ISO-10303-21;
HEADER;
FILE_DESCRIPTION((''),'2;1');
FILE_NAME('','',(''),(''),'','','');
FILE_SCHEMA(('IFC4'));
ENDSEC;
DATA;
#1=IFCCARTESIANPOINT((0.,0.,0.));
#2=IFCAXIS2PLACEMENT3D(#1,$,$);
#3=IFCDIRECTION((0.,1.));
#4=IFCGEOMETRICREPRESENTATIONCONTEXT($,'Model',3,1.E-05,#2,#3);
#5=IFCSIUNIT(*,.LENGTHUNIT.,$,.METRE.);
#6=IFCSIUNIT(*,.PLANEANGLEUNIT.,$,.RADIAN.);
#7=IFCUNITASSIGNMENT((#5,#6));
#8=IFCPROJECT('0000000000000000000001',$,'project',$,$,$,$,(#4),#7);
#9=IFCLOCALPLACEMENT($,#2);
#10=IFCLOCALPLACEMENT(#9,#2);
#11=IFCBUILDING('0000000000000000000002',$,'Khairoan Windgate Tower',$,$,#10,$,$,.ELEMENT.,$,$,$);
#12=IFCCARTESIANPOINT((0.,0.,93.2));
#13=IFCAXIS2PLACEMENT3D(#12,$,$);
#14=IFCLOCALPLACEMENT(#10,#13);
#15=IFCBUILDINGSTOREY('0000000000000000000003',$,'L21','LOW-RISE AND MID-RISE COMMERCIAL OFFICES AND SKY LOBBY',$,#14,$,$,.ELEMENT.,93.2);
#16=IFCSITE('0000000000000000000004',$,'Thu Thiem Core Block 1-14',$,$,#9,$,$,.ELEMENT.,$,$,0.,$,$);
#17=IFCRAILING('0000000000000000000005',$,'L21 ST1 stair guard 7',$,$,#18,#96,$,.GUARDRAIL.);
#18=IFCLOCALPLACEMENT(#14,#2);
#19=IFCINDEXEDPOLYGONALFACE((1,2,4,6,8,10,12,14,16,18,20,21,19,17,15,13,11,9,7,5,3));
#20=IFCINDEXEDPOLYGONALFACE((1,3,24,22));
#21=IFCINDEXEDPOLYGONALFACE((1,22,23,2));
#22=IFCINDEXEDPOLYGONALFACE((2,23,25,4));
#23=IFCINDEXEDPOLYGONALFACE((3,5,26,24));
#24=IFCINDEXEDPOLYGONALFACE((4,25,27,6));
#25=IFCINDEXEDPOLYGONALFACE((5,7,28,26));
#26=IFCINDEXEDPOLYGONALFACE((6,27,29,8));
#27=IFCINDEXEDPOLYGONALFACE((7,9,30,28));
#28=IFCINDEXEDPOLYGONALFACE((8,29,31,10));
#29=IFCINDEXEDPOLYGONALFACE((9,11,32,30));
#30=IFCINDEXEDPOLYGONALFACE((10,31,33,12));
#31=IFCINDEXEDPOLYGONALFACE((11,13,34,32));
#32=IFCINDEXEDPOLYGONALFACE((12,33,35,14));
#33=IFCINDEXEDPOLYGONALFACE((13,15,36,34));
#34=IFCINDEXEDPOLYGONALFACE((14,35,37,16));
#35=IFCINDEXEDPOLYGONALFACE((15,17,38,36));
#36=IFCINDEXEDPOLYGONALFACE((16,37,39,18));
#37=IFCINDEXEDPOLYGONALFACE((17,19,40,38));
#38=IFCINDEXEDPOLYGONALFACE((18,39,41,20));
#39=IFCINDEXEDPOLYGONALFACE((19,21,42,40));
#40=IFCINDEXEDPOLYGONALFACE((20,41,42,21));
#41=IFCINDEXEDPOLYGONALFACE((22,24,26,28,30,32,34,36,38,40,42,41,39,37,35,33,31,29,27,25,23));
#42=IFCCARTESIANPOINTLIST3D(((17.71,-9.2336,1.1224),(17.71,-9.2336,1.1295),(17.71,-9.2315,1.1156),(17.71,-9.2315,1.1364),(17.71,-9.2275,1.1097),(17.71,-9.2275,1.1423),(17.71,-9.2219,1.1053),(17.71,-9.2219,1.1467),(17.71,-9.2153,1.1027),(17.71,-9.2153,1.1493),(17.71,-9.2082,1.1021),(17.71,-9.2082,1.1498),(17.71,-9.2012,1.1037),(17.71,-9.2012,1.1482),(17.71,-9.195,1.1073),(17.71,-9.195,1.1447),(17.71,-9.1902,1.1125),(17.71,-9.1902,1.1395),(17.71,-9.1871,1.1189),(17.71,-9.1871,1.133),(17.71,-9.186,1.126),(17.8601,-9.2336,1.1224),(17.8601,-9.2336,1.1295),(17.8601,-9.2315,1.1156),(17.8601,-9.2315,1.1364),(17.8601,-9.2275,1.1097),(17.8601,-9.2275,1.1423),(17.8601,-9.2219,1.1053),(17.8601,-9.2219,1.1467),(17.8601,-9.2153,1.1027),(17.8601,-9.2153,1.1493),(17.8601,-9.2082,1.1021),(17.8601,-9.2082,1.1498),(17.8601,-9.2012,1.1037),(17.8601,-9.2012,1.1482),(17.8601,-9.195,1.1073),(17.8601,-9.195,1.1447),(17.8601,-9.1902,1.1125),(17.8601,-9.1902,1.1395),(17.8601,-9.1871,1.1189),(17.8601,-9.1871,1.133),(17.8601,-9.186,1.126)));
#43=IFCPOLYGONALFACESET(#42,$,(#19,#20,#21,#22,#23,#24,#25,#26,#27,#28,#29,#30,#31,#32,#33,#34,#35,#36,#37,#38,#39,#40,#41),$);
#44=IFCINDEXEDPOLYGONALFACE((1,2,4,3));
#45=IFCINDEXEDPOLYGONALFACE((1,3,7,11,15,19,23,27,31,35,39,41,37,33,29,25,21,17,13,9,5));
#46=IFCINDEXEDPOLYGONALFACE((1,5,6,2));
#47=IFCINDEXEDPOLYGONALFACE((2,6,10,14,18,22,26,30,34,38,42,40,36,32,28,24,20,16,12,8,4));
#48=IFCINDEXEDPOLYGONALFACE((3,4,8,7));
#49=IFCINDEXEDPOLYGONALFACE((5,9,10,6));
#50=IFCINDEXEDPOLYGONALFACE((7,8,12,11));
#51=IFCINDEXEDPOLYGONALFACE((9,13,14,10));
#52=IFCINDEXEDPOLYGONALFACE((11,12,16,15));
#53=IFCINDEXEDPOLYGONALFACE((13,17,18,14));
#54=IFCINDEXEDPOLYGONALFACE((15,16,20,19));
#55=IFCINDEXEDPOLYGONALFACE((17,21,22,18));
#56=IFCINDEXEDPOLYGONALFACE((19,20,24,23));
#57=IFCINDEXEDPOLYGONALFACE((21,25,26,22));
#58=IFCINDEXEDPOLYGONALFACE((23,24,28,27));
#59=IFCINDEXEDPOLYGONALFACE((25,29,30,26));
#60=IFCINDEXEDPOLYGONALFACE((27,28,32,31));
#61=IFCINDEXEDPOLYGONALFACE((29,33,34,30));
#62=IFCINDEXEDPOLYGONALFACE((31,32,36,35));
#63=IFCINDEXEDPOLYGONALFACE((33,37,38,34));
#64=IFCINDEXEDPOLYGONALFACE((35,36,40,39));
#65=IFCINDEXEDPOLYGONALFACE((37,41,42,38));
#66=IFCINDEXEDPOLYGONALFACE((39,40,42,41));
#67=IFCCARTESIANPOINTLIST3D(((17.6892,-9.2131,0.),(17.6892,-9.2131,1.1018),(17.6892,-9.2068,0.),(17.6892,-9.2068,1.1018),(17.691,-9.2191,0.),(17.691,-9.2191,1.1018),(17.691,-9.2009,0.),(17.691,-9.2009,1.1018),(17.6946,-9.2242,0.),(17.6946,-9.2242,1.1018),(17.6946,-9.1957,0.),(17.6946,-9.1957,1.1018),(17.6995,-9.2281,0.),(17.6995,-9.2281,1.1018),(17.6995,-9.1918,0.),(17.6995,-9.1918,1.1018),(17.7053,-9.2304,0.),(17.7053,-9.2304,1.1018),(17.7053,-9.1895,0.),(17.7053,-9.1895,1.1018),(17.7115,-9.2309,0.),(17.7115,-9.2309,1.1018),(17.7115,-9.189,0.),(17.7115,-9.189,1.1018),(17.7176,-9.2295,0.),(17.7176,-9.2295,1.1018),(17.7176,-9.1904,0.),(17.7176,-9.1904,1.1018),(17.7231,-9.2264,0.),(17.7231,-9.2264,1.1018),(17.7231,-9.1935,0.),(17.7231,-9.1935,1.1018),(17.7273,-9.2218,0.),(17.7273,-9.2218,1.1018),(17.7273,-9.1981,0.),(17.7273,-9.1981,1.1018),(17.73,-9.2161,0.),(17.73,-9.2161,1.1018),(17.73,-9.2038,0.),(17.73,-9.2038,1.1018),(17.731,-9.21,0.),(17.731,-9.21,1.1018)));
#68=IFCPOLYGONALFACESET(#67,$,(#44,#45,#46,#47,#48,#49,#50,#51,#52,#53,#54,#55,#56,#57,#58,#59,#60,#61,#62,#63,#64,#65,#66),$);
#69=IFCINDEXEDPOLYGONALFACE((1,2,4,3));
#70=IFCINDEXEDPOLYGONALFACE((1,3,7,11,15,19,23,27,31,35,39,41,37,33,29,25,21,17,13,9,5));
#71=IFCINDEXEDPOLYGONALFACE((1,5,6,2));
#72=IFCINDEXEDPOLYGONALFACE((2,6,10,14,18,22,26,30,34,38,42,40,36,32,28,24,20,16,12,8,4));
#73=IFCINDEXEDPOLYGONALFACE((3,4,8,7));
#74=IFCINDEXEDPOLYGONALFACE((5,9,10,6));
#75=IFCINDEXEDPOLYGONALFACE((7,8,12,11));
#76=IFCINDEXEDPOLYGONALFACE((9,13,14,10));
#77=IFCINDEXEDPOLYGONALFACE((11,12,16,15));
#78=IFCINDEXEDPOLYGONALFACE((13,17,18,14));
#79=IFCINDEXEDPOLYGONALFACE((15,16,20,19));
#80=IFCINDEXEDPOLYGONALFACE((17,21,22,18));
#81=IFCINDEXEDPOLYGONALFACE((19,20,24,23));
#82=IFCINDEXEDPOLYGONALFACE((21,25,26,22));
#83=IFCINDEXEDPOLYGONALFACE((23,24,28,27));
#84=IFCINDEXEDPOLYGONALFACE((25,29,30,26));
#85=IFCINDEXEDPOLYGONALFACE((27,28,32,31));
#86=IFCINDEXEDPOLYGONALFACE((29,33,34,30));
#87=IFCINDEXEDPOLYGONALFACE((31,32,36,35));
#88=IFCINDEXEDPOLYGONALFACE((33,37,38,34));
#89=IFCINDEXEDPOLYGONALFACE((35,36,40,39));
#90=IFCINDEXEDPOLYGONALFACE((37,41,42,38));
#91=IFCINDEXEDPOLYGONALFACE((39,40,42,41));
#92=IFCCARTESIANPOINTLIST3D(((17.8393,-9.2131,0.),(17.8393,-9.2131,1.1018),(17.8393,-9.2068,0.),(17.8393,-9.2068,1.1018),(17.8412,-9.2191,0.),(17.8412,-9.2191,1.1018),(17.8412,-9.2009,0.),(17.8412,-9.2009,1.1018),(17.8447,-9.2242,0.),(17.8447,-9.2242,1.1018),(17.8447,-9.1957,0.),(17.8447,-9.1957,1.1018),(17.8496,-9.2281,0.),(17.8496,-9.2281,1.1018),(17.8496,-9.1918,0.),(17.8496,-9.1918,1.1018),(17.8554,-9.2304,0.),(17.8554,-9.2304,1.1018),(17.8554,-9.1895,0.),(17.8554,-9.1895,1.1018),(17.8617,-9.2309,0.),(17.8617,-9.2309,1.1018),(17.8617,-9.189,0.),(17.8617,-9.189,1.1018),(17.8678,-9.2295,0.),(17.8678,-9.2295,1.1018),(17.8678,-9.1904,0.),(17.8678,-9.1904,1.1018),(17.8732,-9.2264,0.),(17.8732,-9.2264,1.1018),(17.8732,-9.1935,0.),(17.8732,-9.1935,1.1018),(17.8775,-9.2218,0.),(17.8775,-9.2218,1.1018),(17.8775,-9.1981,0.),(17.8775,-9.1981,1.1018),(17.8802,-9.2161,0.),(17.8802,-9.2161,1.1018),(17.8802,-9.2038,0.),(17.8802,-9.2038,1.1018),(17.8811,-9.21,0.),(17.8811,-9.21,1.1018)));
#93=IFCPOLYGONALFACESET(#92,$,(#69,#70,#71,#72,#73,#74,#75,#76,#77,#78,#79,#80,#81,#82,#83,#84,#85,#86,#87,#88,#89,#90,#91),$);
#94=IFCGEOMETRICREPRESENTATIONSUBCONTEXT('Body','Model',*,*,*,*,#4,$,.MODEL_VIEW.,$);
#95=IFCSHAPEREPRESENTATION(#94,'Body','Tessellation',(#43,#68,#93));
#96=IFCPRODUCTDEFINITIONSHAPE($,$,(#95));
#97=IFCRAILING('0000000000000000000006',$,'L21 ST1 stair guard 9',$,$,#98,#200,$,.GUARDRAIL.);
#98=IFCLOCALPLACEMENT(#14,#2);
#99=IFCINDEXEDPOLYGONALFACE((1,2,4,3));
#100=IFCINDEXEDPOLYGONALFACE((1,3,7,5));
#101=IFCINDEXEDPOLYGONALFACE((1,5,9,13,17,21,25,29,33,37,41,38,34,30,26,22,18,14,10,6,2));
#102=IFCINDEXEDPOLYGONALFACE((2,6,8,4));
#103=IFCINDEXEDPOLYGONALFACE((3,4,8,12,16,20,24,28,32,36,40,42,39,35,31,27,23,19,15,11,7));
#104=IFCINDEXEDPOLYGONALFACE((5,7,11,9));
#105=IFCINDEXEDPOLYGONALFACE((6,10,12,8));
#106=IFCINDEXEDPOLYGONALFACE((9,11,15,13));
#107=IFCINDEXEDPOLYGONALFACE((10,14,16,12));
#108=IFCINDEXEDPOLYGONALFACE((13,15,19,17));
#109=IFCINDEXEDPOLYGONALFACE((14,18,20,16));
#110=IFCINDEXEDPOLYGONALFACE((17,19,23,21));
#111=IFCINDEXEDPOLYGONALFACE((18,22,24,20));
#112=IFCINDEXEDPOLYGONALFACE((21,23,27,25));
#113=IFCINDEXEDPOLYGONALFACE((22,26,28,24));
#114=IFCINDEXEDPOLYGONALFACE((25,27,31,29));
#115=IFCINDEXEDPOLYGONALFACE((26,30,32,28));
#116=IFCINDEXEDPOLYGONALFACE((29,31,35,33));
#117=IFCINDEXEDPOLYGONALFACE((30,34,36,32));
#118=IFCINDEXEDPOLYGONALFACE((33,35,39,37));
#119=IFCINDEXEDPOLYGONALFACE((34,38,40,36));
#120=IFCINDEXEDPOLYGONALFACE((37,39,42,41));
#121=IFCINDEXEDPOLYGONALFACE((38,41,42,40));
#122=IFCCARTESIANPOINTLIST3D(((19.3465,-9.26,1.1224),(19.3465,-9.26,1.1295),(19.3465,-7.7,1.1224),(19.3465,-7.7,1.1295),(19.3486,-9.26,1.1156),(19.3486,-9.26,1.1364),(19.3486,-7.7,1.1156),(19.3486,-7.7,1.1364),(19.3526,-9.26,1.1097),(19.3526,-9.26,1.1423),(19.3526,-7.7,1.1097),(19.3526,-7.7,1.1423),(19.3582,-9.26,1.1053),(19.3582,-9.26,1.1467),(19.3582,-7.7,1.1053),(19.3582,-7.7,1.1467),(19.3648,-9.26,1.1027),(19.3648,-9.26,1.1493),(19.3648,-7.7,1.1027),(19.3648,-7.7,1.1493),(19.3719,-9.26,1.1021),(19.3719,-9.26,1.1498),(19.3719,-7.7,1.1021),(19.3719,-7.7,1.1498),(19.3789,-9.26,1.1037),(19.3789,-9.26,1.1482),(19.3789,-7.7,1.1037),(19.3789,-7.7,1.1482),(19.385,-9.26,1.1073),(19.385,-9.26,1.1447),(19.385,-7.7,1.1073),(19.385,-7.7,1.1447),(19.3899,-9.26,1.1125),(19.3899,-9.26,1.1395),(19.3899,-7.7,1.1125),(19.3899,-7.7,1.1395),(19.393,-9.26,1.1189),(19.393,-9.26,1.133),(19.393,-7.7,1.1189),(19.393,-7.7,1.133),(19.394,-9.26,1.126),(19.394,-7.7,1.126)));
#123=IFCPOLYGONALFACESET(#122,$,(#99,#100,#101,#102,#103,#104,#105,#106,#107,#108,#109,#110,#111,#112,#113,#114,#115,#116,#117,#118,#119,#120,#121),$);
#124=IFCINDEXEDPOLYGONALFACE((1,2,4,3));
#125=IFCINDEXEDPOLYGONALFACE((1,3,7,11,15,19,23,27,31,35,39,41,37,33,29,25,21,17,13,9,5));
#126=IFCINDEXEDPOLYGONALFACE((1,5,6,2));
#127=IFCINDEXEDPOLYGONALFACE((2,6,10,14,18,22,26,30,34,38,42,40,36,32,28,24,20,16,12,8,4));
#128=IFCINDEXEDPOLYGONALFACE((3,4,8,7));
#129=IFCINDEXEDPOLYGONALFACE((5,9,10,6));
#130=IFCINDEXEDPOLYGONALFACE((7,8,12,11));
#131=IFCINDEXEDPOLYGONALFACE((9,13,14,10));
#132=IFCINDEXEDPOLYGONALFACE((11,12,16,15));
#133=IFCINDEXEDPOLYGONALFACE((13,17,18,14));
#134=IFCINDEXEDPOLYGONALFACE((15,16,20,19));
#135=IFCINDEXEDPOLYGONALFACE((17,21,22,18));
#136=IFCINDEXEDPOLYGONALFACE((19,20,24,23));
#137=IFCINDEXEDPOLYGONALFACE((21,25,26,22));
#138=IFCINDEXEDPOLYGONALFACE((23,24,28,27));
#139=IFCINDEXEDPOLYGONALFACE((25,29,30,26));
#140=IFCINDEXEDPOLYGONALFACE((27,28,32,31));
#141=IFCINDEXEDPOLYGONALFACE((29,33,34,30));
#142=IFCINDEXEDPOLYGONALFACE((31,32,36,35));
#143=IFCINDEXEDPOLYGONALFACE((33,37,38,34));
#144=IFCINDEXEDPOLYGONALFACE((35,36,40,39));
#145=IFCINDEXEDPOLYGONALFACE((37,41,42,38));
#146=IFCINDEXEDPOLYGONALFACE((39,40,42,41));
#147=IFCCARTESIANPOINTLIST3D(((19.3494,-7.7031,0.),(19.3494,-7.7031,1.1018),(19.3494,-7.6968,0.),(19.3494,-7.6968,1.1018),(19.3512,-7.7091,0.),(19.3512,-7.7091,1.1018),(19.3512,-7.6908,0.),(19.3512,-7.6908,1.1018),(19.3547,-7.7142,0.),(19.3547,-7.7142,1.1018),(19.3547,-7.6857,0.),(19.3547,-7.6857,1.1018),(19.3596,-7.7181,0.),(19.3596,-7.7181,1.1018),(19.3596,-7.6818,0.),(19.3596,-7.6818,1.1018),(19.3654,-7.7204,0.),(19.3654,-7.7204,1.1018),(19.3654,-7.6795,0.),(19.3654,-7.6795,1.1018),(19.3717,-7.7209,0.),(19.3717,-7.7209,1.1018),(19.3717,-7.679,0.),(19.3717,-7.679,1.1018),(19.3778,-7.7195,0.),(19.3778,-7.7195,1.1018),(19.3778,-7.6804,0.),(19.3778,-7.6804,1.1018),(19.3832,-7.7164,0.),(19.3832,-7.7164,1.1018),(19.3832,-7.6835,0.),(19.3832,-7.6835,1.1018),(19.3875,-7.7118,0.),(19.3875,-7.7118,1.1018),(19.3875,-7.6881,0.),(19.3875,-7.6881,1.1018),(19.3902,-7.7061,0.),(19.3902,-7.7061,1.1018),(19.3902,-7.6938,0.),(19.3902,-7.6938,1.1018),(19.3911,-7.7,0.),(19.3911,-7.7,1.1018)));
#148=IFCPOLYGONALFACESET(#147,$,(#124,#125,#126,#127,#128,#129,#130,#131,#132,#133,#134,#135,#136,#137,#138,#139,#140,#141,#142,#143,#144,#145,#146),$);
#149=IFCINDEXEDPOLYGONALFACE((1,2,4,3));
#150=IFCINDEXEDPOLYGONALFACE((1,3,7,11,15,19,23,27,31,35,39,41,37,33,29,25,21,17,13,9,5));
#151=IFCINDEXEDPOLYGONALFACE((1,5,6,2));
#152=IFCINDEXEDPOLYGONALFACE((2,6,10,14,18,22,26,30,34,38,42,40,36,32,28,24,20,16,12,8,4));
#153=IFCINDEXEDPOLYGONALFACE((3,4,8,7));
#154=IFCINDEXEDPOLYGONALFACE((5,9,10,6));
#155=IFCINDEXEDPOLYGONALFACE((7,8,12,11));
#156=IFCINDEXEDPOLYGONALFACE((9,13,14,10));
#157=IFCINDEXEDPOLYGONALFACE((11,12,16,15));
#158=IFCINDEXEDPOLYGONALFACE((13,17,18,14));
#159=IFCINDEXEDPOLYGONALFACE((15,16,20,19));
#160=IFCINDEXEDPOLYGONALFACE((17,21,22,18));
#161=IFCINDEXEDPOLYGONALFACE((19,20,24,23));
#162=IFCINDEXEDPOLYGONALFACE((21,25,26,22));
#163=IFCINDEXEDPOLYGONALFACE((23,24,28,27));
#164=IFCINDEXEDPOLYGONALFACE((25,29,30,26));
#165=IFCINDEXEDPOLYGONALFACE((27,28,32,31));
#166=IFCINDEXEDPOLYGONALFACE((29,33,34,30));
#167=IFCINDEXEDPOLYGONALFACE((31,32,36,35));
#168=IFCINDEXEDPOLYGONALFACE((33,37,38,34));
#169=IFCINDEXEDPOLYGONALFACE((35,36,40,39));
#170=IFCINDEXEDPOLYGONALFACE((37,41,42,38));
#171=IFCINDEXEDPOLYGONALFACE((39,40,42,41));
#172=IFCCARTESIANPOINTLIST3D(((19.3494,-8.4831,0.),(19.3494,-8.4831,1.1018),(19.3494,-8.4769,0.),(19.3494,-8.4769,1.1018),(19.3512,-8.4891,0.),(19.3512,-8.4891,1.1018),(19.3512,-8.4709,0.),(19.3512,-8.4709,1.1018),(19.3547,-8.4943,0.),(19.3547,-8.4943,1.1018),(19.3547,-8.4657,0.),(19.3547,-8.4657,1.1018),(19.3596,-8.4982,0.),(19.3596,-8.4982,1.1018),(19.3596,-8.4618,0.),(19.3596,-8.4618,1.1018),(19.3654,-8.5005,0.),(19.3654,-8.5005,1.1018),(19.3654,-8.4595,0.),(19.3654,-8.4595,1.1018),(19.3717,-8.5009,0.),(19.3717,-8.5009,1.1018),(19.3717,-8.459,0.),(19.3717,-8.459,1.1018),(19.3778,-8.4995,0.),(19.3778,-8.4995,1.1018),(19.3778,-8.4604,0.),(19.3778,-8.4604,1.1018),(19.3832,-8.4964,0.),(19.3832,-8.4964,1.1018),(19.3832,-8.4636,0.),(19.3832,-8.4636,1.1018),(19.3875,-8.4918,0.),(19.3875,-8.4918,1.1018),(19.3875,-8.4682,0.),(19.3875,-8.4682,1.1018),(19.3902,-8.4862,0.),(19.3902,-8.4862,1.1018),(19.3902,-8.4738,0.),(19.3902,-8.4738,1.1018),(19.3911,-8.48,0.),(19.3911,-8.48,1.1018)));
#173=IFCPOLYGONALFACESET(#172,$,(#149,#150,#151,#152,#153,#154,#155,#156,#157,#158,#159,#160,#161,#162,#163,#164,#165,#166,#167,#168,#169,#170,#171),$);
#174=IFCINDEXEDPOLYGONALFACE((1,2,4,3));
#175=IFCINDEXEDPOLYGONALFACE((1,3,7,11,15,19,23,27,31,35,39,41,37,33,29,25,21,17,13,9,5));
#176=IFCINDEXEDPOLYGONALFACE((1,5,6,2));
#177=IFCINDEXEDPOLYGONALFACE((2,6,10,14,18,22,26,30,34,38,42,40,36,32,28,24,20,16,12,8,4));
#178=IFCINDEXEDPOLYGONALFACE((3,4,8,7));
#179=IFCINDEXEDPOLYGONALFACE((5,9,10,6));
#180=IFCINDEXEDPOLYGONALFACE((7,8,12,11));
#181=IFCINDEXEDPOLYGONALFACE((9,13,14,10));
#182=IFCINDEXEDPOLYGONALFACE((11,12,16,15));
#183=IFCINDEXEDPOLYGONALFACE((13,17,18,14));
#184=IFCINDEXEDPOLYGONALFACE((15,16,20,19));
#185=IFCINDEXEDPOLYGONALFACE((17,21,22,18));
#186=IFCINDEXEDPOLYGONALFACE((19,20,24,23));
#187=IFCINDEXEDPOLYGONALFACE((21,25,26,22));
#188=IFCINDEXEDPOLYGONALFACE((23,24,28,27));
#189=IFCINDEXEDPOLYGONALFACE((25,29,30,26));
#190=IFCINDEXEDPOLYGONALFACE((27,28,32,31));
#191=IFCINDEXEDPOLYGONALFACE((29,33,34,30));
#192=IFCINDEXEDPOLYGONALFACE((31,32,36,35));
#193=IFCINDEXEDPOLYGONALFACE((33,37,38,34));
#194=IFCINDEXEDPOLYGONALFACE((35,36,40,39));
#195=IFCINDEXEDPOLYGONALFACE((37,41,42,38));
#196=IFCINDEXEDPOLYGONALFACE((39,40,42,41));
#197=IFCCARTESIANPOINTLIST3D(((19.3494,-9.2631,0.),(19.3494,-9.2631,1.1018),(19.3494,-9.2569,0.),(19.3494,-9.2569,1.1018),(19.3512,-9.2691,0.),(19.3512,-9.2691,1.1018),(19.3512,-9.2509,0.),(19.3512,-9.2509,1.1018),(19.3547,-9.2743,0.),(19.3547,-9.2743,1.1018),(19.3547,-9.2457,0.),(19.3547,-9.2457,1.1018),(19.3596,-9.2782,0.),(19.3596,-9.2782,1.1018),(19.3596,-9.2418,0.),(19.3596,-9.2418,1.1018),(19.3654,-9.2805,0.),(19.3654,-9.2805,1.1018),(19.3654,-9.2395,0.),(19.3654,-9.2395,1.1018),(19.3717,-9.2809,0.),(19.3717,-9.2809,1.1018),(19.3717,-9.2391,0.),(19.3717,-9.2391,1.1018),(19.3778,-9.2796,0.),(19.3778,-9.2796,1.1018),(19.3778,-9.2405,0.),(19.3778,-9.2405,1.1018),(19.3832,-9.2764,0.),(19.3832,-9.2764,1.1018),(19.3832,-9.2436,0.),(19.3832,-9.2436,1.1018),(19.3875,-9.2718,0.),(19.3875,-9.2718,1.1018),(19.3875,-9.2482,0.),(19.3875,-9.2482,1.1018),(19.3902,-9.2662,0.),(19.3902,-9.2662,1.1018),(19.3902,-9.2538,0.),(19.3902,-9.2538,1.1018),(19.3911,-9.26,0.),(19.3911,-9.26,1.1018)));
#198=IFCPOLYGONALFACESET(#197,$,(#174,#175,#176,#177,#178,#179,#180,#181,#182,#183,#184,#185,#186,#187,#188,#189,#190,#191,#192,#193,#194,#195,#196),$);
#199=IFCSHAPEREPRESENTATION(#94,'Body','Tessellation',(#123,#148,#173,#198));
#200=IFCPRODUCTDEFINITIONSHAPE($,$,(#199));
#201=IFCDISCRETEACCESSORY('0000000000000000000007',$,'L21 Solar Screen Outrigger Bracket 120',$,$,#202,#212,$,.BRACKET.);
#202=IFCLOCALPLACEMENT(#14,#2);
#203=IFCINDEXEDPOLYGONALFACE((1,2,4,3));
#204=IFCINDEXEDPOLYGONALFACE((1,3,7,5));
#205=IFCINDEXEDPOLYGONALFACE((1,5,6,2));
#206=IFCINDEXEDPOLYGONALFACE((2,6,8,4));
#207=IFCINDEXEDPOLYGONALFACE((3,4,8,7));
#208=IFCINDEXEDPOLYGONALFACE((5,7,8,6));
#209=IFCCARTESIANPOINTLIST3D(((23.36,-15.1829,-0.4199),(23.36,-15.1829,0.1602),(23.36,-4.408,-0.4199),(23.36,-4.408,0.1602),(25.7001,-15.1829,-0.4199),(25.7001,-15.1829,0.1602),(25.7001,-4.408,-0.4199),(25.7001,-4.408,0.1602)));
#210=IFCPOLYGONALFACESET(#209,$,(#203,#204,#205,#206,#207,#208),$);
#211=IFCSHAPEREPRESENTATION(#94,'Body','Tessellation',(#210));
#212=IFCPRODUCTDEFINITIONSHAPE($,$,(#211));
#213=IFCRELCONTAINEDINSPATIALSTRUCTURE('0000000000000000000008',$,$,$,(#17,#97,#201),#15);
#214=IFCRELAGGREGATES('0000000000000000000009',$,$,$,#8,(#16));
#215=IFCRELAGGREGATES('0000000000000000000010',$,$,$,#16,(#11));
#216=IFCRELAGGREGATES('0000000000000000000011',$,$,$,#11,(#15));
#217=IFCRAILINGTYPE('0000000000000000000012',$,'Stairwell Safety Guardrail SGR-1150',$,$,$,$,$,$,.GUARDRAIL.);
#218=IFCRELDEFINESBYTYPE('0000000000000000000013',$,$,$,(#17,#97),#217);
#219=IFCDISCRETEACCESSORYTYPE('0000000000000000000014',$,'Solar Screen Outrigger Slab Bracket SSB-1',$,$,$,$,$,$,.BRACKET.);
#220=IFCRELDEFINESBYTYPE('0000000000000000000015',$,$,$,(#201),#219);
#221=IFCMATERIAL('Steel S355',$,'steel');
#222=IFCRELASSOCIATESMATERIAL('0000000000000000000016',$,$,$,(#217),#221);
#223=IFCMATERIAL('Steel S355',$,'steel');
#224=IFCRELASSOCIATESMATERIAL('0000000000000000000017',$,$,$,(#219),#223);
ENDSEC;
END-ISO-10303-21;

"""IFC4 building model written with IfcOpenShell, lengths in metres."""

from ifc_helpers import new_model, si_unit, direction, frame, origin, origin_2d, place, context, subcontext, project, spatial, rectangle, circle, extrude, material, type_object, element, save


model = new_model("IFC4")

# Units and contexts
model_context = context("Model", 3, precision=1e-05, world=origin(), true_north=direction((0.0, 1.0)))
body_context = subcontext(model_context, "Body", "Model", "MODEL_VIEW")
ifc_project = project(units=[si_unit("LENGTHUNIT", "METRE"), si_unit("PLANEANGLEUNIT", "RADIAN")], contexts=[model_context])

# Site, building, storey
site_placement = place(None, origin())
site = spatial("IfcSite", under=ifc_project, at=site_placement, Name="Thu Thiem Core Block 1-14", CompositionType="ELEMENT", RefElevation=0.0)
building_placement = place(site_placement, origin())
building = spatial("IfcBuilding", under=site, at=building_placement, Name="Khairoan Windgate Tower", CompositionType="ELEMENT")
storey_placement = place(building_placement, frame((0.0, 0.0, 93.2)))
storey = spatial("IfcBuildingStorey", under=building, at=storey_placement, Name="L21", Description="LOW-RISE AND MID-RISE COMMERCIAL OFFICES AND SKY LOBBY", CompositionType="ELEMENT", Elevation=93.2)

# Railings
ifc_material_1 = material(Name="Steel S355", Category="steel")
railing_type_1 = type_object("IfcRailingType", Name="Stairwell Safety Guardrail SGR-1150", PredefinedType="GUARDRAIL", material=ifc_material_1)
railing_1_placement = place(storey_placement, frame((17.71, -9.21, 0.0)))
element("IfcRailing", 1, at=railing_1_placement, inside=storey, type_object=railing_type_1, Name="L21 ST1 stair guard 7", PredefinedType="GUARDRAIL", context=body_context, shape_type="SweptSolid", body=[
    extrude(circle(Radius=0.0239, at=origin_2d()), frame((0.0, 0.0, 1.126), z_axis=(1.0, 0.0, 0.0), x_axis=(0.0, 1.0, 0.0)), (0.0, 0.0, 1.0), 0.1501),
    extrude(circle(Radius=0.021, at=origin_2d()), origin(), (0.0, 0.0, 1.0), 1.1018),
    extrude(circle(Radius=0.021, at=origin_2d()), frame((0.1501, 0.0, 0.0)), (0.0, 0.0, 1.0), 1.1018),
])
railing_2_placement = place(storey_placement, frame((19.3701, -7.7, 0.0)))
element("IfcRailing", 2, at=railing_2_placement, inside=storey, type_object=railing_type_1, Name="L21 ST1 stair guard 9", PredefinedType="GUARDRAIL", context=body_context, shape_type="SweptSolid", body=[
    extrude(circle(Radius=0.0239, at=origin_2d()), frame((0.0, 0.0, 1.126), z_axis=(0.0, -1.0, 0.0), x_axis=(1.0, 0.0, 0.0)), (0.0, 0.0, 1.0), 1.5601),
    extrude(circle(Radius=0.021, at=origin_2d()), origin(), (0.0, 0.0, 1.0), 1.1018),
    extrude(circle(Radius=0.021, at=origin_2d()), frame((0.0, -0.78, 0.0)), (0.0, 0.0, 1.0), 1.1018),
    extrude(circle(Radius=0.021, at=origin_2d()), frame((0.0, -1.5601, 0.0)), (0.0, 0.0, 1.0), 1.1018),
])

# Discrete accessory
ifc_material_2 = material(Name="Steel S355", Category="steel")
discrete_accessory_type = type_object("IfcDiscreteAccessoryType", Name="Solar Screen Outrigger Slab Bracket SSB-1", PredefinedType="BRACKET", material=ifc_material_2)
discrete_accessory_placement = place(storey_placement, frame((24.53, -9.7954, -0.4199), z_axis=(0.0, 0.0, 1.0), x_axis=(0.0, -1.0, 0.0)))
element("IfcDiscreteAccessory", 3, at=discrete_accessory_placement, inside=storey, type_object=discrete_accessory_type, Name="L21 Solar Screen Outrigger Bracket 120", PredefinedType="BRACKET", context=body_context, shape_type="SweptSolid", body=[
    extrude(rectangle(XDim=10.7749, YDim=2.3401, at=origin_2d()), origin(), (0.0, 0.0, 1.0), 0.5801),
])

save(model, "model.ifc")
